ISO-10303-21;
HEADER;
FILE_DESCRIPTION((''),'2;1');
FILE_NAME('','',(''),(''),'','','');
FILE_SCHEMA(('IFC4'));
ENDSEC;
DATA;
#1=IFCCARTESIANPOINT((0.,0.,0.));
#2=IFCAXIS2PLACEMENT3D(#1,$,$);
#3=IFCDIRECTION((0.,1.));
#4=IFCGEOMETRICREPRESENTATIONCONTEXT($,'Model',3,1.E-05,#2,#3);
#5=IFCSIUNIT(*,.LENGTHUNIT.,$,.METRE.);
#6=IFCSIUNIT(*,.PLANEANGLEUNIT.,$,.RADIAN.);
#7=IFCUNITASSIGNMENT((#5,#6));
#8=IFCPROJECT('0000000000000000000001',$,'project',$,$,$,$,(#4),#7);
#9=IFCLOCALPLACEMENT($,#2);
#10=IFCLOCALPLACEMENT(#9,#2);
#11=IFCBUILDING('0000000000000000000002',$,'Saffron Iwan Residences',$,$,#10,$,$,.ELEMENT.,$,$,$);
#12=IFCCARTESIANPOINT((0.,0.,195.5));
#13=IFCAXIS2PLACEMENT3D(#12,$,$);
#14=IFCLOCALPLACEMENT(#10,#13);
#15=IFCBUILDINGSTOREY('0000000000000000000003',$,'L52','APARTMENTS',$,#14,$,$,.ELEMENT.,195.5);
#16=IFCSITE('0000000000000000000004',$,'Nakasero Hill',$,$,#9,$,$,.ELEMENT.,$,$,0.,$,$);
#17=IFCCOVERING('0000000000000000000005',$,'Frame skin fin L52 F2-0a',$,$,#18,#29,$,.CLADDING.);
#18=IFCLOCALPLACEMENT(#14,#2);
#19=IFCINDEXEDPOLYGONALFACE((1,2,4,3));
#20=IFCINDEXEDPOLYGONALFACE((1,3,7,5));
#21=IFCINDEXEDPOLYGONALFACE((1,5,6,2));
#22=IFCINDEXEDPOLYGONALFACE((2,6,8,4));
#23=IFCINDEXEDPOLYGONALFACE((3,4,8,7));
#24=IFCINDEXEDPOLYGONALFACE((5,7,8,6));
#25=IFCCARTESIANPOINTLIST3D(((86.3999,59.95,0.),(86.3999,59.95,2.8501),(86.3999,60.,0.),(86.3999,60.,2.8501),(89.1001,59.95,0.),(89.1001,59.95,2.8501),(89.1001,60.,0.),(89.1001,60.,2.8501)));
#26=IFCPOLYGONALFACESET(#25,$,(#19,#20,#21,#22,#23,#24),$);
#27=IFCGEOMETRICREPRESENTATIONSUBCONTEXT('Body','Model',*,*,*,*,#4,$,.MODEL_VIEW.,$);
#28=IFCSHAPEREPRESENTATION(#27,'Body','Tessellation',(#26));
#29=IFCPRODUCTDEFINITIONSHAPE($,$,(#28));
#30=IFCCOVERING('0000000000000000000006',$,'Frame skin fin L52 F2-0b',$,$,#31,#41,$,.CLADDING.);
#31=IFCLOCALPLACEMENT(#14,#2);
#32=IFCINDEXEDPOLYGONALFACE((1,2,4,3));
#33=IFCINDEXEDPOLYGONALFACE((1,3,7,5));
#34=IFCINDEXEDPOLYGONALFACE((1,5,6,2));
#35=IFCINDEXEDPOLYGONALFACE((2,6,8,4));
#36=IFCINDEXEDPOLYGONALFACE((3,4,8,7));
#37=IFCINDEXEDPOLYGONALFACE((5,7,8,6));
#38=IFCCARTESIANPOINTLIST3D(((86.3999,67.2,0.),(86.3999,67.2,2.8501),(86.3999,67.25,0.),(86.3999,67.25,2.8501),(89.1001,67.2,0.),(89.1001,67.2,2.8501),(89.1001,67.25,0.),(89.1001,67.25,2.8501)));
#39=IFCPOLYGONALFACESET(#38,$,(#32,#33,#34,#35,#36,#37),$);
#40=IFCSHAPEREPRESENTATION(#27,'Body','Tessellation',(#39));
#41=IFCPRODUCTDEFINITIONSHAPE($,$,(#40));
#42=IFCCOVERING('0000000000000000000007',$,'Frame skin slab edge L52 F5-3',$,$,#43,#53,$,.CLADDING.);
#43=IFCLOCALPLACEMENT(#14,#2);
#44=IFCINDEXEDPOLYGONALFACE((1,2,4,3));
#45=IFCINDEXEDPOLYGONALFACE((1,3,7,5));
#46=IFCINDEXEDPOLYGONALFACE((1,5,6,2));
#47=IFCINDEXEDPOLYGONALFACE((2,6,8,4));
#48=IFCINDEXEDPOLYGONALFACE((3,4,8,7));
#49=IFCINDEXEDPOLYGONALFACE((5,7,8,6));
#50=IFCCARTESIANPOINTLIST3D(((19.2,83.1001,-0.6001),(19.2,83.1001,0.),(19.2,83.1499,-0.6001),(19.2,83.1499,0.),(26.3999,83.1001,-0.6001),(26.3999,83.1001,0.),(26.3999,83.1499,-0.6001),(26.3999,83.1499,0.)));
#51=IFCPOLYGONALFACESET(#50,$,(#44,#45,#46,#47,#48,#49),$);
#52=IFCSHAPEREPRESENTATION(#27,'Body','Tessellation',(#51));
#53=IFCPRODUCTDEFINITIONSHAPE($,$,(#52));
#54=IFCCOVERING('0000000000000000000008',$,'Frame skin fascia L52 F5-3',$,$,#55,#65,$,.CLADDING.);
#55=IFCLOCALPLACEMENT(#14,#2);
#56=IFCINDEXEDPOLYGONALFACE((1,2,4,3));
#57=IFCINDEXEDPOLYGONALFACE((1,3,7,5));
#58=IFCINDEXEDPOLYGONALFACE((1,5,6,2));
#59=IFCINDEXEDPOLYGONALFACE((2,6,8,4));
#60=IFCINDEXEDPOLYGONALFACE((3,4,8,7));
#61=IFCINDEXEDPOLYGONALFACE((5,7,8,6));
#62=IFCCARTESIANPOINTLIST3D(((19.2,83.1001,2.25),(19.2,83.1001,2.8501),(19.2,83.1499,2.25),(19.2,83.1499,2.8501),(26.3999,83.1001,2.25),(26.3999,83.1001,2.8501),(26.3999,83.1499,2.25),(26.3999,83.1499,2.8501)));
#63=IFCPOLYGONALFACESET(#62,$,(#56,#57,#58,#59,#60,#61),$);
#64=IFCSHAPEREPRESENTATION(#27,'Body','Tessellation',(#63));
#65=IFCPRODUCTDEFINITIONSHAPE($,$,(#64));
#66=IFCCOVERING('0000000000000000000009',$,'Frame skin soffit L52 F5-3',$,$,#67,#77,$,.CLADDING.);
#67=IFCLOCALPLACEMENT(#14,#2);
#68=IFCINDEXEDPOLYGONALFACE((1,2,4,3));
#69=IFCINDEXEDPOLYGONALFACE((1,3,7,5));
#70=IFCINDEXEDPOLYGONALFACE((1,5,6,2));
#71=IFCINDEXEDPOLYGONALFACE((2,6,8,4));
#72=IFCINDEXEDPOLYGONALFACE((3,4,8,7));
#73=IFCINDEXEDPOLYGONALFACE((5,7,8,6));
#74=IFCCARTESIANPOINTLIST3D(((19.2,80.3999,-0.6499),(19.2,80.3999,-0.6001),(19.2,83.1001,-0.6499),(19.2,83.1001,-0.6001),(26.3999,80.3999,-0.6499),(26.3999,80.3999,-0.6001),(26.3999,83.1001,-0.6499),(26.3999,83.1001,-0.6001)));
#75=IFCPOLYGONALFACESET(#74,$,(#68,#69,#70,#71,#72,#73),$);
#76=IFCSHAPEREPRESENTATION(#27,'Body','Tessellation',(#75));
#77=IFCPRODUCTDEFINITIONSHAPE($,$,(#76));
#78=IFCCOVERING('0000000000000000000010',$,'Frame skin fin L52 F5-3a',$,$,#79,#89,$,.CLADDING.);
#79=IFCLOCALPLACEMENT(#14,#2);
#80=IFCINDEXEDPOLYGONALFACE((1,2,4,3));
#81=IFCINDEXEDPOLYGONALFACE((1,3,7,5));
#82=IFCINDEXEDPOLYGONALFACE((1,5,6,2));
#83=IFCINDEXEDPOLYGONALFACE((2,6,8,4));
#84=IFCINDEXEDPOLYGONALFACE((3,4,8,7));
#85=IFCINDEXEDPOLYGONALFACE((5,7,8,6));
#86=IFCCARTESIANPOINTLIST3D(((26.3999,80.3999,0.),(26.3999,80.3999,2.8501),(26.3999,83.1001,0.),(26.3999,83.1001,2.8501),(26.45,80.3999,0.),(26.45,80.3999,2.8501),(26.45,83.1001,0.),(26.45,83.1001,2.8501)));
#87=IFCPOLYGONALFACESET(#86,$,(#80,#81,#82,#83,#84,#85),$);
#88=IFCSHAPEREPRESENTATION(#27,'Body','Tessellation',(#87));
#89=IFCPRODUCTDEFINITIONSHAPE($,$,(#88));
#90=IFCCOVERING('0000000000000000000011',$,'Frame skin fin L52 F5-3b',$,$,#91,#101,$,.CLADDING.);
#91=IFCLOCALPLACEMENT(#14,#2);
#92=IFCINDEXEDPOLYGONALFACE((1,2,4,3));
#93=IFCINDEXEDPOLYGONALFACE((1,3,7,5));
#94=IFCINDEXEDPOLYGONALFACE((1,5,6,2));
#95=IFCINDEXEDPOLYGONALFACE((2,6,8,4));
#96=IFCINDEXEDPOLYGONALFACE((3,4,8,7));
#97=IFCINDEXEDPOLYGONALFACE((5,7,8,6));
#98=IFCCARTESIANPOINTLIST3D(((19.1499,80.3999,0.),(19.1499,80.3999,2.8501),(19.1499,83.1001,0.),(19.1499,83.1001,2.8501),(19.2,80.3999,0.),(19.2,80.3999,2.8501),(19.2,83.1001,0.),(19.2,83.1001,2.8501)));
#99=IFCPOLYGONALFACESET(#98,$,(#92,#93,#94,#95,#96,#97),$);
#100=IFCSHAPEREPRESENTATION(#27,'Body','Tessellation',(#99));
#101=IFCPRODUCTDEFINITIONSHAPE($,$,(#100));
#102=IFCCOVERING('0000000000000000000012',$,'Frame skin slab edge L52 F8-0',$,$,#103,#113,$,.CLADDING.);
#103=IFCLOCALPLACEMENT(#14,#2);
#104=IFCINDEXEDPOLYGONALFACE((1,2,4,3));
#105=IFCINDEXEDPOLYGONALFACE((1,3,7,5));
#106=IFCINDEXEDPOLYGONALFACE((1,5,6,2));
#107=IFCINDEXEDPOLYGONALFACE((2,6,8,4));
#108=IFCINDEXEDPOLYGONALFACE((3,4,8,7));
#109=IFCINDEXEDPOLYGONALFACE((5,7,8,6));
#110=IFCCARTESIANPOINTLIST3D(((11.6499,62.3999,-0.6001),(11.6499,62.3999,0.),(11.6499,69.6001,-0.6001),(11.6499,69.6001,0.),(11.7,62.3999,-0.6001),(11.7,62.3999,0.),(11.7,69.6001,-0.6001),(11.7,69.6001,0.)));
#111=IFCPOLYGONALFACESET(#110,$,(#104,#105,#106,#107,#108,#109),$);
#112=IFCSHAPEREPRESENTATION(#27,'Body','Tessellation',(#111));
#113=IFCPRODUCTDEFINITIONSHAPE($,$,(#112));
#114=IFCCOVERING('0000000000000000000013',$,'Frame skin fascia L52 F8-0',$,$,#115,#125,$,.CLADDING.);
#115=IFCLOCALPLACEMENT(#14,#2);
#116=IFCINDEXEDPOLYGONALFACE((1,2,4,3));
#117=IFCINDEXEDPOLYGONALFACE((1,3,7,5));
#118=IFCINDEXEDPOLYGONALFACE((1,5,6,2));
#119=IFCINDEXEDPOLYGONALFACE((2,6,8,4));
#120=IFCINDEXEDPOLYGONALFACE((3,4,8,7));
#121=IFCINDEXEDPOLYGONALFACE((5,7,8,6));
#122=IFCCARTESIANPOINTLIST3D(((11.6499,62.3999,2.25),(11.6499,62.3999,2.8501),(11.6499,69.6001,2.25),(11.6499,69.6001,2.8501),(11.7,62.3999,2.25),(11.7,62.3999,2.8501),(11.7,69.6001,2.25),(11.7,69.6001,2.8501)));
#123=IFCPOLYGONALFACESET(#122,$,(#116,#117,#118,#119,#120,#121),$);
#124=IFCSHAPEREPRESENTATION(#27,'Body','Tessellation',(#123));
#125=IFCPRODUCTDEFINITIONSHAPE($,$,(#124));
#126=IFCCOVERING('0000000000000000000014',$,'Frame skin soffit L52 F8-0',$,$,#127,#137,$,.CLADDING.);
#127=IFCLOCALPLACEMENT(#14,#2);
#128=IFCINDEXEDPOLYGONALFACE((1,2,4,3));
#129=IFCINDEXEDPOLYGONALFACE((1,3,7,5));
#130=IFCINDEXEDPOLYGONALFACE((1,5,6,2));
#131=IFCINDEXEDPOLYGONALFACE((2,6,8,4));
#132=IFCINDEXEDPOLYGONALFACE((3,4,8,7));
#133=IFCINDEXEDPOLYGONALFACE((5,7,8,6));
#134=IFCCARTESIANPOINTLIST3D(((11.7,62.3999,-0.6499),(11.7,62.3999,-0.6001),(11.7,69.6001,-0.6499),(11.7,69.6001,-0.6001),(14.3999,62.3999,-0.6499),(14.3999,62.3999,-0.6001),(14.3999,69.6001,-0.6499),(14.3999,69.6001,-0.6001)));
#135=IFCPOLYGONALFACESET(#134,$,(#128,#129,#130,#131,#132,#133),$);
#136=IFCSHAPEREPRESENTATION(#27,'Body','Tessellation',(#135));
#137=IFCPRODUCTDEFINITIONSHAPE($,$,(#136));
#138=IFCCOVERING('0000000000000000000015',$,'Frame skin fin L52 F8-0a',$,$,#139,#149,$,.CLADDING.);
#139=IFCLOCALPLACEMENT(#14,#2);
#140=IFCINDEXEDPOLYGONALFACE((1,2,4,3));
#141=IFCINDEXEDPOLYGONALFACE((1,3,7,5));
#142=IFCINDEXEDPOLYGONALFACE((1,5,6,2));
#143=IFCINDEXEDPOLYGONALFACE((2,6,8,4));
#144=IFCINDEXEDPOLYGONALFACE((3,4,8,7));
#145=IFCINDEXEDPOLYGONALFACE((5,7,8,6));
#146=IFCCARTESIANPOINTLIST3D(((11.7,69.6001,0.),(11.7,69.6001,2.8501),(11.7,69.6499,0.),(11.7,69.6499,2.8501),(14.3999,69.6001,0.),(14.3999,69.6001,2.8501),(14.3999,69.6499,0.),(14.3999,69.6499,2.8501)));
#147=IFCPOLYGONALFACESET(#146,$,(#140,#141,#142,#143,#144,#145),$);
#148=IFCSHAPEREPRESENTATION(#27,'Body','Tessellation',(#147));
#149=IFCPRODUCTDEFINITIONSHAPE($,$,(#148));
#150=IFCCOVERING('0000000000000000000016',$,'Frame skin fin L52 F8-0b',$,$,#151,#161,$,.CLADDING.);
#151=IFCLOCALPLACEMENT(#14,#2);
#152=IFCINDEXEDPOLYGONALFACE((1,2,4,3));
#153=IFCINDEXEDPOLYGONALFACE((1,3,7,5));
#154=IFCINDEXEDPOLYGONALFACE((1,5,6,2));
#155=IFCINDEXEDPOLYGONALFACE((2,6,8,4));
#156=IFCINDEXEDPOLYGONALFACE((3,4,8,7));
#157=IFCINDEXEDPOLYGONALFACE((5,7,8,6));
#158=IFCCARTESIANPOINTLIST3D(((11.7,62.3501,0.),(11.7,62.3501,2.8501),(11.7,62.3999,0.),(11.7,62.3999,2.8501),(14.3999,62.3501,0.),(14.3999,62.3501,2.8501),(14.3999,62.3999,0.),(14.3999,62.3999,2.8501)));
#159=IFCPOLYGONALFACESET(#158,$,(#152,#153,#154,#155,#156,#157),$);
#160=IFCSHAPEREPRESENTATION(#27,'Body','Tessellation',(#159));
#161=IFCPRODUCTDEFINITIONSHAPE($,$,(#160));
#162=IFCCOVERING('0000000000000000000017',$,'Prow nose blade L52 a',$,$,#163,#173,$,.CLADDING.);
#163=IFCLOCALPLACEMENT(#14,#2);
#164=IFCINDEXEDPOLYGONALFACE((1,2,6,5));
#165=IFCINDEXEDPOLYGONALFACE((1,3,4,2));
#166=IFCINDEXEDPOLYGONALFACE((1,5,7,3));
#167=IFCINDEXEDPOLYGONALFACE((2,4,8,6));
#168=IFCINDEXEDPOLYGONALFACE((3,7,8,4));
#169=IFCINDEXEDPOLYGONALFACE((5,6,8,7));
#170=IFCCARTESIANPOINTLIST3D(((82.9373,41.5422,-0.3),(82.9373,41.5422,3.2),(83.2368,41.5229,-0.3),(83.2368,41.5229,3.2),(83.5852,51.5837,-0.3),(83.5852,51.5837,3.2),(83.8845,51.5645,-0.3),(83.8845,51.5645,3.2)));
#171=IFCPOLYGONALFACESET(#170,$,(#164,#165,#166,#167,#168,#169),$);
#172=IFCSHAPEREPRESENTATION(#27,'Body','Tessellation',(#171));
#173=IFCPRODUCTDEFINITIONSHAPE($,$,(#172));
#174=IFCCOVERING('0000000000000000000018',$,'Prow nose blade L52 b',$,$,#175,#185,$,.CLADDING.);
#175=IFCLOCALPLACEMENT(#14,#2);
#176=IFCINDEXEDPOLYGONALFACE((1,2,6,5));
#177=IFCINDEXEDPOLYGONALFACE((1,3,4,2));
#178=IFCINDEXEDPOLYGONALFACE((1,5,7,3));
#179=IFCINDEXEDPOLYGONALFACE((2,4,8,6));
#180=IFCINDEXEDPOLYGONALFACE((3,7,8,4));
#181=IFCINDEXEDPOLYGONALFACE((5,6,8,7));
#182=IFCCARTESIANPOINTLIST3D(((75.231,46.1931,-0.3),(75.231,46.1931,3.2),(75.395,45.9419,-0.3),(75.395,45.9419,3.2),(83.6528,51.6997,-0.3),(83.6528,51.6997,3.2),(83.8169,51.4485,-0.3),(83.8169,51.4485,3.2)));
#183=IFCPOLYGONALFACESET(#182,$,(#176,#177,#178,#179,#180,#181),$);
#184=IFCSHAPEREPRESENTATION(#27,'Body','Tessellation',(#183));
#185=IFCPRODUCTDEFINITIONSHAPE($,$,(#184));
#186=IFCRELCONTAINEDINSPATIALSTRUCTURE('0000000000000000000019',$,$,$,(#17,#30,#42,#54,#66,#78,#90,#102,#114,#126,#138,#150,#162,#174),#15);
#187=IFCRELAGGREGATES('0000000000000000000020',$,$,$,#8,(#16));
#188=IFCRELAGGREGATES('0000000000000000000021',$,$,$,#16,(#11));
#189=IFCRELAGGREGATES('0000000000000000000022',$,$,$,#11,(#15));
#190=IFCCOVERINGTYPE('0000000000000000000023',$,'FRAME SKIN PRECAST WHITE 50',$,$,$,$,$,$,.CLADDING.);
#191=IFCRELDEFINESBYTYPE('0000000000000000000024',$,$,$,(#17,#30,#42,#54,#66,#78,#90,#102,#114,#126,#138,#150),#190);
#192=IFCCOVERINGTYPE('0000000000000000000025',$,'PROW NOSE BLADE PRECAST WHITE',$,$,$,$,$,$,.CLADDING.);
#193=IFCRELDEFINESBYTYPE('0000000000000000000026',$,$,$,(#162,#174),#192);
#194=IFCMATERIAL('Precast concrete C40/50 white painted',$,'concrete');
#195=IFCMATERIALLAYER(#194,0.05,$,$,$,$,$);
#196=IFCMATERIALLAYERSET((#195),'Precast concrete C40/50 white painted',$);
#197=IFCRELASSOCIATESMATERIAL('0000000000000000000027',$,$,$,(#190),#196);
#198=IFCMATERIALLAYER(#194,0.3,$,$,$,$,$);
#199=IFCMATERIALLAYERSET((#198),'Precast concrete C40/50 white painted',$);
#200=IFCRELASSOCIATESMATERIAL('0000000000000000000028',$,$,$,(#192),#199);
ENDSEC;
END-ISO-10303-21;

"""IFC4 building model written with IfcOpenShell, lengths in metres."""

from ifc_helpers import new_model, si_unit, direction, frame, origin, place, context, subcontext, project, spatial, polyline, outline, extrude, material, layer, layer_set, type_object, element, save


model = new_model("IFC4")

# Units and contexts
model_context = context("Model", 3, precision=1e-05, world=origin(), true_north=direction((0.0, 1.0)))
body_context = subcontext(model_context, "Body", "Model", "MODEL_VIEW")
ifc_project = project(units=[si_unit("LENGTHUNIT", "METRE"), si_unit("PLANEANGLEUNIT", "RADIAN")], contexts=[model_context])

# Site, building, storey
site_placement = place(None, origin())
site = spatial("IfcSite", under=ifc_project, at=site_placement, Name="Nakasero Hill", CompositionType="ELEMENT", RefElevation=0.0)
building_placement = place(site_placement, origin())
building = spatial("IfcBuilding", under=site, at=building_placement, Name="Saffron Iwan Residences", CompositionType="ELEMENT")
storey_placement = place(building_placement, frame((0.0, 0.0, 195.5)))
storey = spatial("IfcBuildingStorey", under=building, at=storey_placement, Name="L52", Description="APARTMENTS", CompositionType="ELEMENT", Elevation=195.5)

# Coverings
ifc_material_1 = material(Name="Precast concrete C40/50 white painted", Category="concrete")
ifc_layer_1 = layer(ifc_material_1, 0.05)
ifc_layer_set_1 = layer_set([ifc_layer_1], Name="Precast concrete C40/50 white painted")
covering_type_1 = type_object("IfcCoveringType", Name="FRAME SKIN PRECAST WHITE 50", PredefinedType="CLADDING", material=ifc_layer_set_1)
covering_1_placement = place(storey_placement, origin())
element("IfcCovering", 1, at=covering_1_placement, inside=storey, type_object=covering_type_1, Name="Frame skin fin L52 F2-0a", PredefinedType="CLADDING", context=body_context, shape_type="SweptSolid", body=[
    extrude(outline(polyline([(89.1001, 59.95), (89.1001, 60.0), (86.3999, 60.0), (86.3999, 59.95), (89.1001, 59.95)])), origin(), (0.0, 0.0, 1.0), 2.8501),
])
covering_2_placement = place(storey_placement, origin())
element("IfcCovering", 2, at=covering_2_placement, inside=storey, type_object=covering_type_1, Name="Frame skin fin L52 F2-0b", PredefinedType="CLADDING", context=body_context, shape_type="SweptSolid", body=[
    extrude(outline(polyline([(89.1001, 67.2), (89.1001, 67.25), (86.3999, 67.25), (86.3999, 67.2), (89.1001, 67.2)])), origin(), (0.0, 0.0, 1.0), 2.8501),
])
for number, where, name in (
    (3, (0.0, 0.0, -0.6001), "Frame skin slab edge L52 F5-3"),
    (4, (0.0, 0.0, 2.25), "Frame skin fascia L52 F5-3"),
):
    element("IfcCovering", number, at=place(storey_placement, frame(where)), inside=storey, type_object=covering_type_1, Name=name, PredefinedType="CLADDING", context=body_context, shape_type="SweptSolid", body=[
        extrude(outline(polyline([(26.3999, 83.1499), (19.2, 83.1499), (19.2, 83.1001), (26.3999, 83.1001), (26.3999, 83.1499)])), origin(), (0.0, 0.0, 1.0), 0.6001),
    ])
covering_3_placement = place(storey_placement, frame((0.0, 0.0, -0.6499)))
element("IfcCovering", 5, at=covering_3_placement, inside=storey, type_object=covering_type_1, Name="Frame skin soffit L52 F5-3", PredefinedType="CLADDING", context=body_context, shape_type="SweptSolid", body=[
    extrude(outline(polyline([(26.3999, 83.1001), (19.2, 83.1001), (19.2, 80.3999), (26.3999, 80.3999), (26.3999, 83.1001)])), origin(), (0.0, 0.0, 1.0), 0.0498),
])
covering_4_placement = place(storey_placement, origin())
element("IfcCovering", 6, at=covering_4_placement, inside=storey, type_object=covering_type_1, Name="Frame skin fin L52 F5-3a", PredefinedType="CLADDING", context=body_context, shape_type="SweptSolid", body=[
    extrude(outline(polyline([(26.45, 83.1001), (26.3999, 83.1001), (26.3999, 80.3999), (26.45, 80.3999), (26.45, 83.1001)])), origin(), (0.0, 0.0, 1.0), 2.8501),
])
covering_5_placement = place(storey_placement, origin())
element("IfcCovering", 7, at=covering_5_placement, inside=storey, type_object=covering_type_1, Name="Frame skin fin L52 F5-3b", PredefinedType="CLADDING", context=body_context, shape_type="SweptSolid", body=[
    extrude(outline(polyline([(19.2, 83.1001), (19.1499, 83.1001), (19.1499, 80.3999), (19.2, 80.3999), (19.2, 83.1001)])), origin(), (0.0, 0.0, 1.0), 2.8501),
])
for number, where, name in (
    (8, (0.0, 0.0, -0.6001), "Frame skin slab edge L52 F8-0"),
    (9, (0.0, 0.0, 2.25), "Frame skin fascia L52 F8-0"),
):
    element("IfcCovering", number, at=place(storey_placement, frame(where)), inside=storey, type_object=covering_type_1, Name=name, PredefinedType="CLADDING", context=body_context, shape_type="SweptSolid", body=[
        extrude(outline(polyline([(11.6499, 69.6001), (11.6499, 62.3999), (11.7, 62.3999), (11.7, 69.6001), (11.6499, 69.6001)])), origin(), (0.0, 0.0, 1.0), 0.6001),
    ])
covering_6_placement = place(storey_placement, frame((0.0, 0.0, -0.6499)))
element("IfcCovering", 10, at=covering_6_placement, inside=storey, type_object=covering_type_1, Name="Frame skin soffit L52 F8-0", PredefinedType="CLADDING", context=body_context, shape_type="SweptSolid", body=[
    extrude(outline(polyline([(11.7, 69.6001), (11.7, 62.3999), (14.3999, 62.3999), (14.3999, 69.6001), (11.7, 69.6001)])), origin(), (0.0, 0.0, 1.0), 0.0498),
])
covering_7_placement = place(storey_placement, origin())
element("IfcCovering", 11, at=covering_7_placement, inside=storey, type_object=covering_type_1, Name="Frame skin fin L52 F8-0a", PredefinedType="CLADDING", context=body_context, shape_type="SweptSolid", body=[
    extrude(outline(polyline([(11.7, 69.6499), (11.7, 69.6001), (14.3999, 69.6001), (14.3999, 69.6499), (11.7, 69.6499)])), origin(), (0.0, 0.0, 1.0), 2.8501),
])
covering_8_placement = place(storey_placement, origin())
element("IfcCovering", 12, at=covering_8_placement, inside=storey, type_object=covering_type_1, Name="Frame skin fin L52 F8-0b", PredefinedType="CLADDING", context=body_context, shape_type="SweptSolid", body=[
    extrude(outline(polyline([(11.7, 62.3999), (11.7, 62.3501), (14.3999, 62.3501), (14.3999, 62.3999), (11.7, 62.3999)])), origin(), (0.0, 0.0, 1.0), 2.8501),
])
ifc_layer_2 = layer(ifc_material_1, 0.3)
ifc_layer_set_2 = layer_set([ifc_layer_2], Name="Precast concrete C40/50 white painted")
covering_type_2 = type_object("IfcCoveringType", Name="PROW NOSE BLADE PRECAST WHITE", PredefinedType="CLADDING", material=ifc_layer_set_2)
covering_9_placement = place(storey_placement, frame((0.0, 0.0, -0.3)))
element("IfcCovering", 13, at=covering_9_placement, inside=storey, type_object=covering_type_2, Name="Prow nose blade L52 a", PredefinedType="CLADDING", context=body_context, shape_type="SweptSolid", body=[
    extrude(outline(polyline([(83.2368, 41.5229), (83.8845, 51.5645), (83.5852, 51.5837), (82.9373, 41.5422), (83.2368, 41.5229)])), origin(), (0.0, 0.0, 1.0), 3.5),
])
covering_10_placement = place(storey_placement, frame((0.0, 0.0, -0.3)))
element("IfcCovering", 14, at=covering_10_placement, inside=storey, type_object=covering_type_2, Name="Prow nose blade L52 b", PredefinedType="CLADDING", context=body_context, shape_type="SweptSolid", body=[
    extrude(outline(polyline([(75.395, 45.9419), (83.8169, 51.4485), (83.6528, 51.6997), (75.231, 46.1931), (75.395, 45.9419)])), origin(), (0.0, 0.0, 1.0), 3.5),
])

save(model, "model.ifc")
